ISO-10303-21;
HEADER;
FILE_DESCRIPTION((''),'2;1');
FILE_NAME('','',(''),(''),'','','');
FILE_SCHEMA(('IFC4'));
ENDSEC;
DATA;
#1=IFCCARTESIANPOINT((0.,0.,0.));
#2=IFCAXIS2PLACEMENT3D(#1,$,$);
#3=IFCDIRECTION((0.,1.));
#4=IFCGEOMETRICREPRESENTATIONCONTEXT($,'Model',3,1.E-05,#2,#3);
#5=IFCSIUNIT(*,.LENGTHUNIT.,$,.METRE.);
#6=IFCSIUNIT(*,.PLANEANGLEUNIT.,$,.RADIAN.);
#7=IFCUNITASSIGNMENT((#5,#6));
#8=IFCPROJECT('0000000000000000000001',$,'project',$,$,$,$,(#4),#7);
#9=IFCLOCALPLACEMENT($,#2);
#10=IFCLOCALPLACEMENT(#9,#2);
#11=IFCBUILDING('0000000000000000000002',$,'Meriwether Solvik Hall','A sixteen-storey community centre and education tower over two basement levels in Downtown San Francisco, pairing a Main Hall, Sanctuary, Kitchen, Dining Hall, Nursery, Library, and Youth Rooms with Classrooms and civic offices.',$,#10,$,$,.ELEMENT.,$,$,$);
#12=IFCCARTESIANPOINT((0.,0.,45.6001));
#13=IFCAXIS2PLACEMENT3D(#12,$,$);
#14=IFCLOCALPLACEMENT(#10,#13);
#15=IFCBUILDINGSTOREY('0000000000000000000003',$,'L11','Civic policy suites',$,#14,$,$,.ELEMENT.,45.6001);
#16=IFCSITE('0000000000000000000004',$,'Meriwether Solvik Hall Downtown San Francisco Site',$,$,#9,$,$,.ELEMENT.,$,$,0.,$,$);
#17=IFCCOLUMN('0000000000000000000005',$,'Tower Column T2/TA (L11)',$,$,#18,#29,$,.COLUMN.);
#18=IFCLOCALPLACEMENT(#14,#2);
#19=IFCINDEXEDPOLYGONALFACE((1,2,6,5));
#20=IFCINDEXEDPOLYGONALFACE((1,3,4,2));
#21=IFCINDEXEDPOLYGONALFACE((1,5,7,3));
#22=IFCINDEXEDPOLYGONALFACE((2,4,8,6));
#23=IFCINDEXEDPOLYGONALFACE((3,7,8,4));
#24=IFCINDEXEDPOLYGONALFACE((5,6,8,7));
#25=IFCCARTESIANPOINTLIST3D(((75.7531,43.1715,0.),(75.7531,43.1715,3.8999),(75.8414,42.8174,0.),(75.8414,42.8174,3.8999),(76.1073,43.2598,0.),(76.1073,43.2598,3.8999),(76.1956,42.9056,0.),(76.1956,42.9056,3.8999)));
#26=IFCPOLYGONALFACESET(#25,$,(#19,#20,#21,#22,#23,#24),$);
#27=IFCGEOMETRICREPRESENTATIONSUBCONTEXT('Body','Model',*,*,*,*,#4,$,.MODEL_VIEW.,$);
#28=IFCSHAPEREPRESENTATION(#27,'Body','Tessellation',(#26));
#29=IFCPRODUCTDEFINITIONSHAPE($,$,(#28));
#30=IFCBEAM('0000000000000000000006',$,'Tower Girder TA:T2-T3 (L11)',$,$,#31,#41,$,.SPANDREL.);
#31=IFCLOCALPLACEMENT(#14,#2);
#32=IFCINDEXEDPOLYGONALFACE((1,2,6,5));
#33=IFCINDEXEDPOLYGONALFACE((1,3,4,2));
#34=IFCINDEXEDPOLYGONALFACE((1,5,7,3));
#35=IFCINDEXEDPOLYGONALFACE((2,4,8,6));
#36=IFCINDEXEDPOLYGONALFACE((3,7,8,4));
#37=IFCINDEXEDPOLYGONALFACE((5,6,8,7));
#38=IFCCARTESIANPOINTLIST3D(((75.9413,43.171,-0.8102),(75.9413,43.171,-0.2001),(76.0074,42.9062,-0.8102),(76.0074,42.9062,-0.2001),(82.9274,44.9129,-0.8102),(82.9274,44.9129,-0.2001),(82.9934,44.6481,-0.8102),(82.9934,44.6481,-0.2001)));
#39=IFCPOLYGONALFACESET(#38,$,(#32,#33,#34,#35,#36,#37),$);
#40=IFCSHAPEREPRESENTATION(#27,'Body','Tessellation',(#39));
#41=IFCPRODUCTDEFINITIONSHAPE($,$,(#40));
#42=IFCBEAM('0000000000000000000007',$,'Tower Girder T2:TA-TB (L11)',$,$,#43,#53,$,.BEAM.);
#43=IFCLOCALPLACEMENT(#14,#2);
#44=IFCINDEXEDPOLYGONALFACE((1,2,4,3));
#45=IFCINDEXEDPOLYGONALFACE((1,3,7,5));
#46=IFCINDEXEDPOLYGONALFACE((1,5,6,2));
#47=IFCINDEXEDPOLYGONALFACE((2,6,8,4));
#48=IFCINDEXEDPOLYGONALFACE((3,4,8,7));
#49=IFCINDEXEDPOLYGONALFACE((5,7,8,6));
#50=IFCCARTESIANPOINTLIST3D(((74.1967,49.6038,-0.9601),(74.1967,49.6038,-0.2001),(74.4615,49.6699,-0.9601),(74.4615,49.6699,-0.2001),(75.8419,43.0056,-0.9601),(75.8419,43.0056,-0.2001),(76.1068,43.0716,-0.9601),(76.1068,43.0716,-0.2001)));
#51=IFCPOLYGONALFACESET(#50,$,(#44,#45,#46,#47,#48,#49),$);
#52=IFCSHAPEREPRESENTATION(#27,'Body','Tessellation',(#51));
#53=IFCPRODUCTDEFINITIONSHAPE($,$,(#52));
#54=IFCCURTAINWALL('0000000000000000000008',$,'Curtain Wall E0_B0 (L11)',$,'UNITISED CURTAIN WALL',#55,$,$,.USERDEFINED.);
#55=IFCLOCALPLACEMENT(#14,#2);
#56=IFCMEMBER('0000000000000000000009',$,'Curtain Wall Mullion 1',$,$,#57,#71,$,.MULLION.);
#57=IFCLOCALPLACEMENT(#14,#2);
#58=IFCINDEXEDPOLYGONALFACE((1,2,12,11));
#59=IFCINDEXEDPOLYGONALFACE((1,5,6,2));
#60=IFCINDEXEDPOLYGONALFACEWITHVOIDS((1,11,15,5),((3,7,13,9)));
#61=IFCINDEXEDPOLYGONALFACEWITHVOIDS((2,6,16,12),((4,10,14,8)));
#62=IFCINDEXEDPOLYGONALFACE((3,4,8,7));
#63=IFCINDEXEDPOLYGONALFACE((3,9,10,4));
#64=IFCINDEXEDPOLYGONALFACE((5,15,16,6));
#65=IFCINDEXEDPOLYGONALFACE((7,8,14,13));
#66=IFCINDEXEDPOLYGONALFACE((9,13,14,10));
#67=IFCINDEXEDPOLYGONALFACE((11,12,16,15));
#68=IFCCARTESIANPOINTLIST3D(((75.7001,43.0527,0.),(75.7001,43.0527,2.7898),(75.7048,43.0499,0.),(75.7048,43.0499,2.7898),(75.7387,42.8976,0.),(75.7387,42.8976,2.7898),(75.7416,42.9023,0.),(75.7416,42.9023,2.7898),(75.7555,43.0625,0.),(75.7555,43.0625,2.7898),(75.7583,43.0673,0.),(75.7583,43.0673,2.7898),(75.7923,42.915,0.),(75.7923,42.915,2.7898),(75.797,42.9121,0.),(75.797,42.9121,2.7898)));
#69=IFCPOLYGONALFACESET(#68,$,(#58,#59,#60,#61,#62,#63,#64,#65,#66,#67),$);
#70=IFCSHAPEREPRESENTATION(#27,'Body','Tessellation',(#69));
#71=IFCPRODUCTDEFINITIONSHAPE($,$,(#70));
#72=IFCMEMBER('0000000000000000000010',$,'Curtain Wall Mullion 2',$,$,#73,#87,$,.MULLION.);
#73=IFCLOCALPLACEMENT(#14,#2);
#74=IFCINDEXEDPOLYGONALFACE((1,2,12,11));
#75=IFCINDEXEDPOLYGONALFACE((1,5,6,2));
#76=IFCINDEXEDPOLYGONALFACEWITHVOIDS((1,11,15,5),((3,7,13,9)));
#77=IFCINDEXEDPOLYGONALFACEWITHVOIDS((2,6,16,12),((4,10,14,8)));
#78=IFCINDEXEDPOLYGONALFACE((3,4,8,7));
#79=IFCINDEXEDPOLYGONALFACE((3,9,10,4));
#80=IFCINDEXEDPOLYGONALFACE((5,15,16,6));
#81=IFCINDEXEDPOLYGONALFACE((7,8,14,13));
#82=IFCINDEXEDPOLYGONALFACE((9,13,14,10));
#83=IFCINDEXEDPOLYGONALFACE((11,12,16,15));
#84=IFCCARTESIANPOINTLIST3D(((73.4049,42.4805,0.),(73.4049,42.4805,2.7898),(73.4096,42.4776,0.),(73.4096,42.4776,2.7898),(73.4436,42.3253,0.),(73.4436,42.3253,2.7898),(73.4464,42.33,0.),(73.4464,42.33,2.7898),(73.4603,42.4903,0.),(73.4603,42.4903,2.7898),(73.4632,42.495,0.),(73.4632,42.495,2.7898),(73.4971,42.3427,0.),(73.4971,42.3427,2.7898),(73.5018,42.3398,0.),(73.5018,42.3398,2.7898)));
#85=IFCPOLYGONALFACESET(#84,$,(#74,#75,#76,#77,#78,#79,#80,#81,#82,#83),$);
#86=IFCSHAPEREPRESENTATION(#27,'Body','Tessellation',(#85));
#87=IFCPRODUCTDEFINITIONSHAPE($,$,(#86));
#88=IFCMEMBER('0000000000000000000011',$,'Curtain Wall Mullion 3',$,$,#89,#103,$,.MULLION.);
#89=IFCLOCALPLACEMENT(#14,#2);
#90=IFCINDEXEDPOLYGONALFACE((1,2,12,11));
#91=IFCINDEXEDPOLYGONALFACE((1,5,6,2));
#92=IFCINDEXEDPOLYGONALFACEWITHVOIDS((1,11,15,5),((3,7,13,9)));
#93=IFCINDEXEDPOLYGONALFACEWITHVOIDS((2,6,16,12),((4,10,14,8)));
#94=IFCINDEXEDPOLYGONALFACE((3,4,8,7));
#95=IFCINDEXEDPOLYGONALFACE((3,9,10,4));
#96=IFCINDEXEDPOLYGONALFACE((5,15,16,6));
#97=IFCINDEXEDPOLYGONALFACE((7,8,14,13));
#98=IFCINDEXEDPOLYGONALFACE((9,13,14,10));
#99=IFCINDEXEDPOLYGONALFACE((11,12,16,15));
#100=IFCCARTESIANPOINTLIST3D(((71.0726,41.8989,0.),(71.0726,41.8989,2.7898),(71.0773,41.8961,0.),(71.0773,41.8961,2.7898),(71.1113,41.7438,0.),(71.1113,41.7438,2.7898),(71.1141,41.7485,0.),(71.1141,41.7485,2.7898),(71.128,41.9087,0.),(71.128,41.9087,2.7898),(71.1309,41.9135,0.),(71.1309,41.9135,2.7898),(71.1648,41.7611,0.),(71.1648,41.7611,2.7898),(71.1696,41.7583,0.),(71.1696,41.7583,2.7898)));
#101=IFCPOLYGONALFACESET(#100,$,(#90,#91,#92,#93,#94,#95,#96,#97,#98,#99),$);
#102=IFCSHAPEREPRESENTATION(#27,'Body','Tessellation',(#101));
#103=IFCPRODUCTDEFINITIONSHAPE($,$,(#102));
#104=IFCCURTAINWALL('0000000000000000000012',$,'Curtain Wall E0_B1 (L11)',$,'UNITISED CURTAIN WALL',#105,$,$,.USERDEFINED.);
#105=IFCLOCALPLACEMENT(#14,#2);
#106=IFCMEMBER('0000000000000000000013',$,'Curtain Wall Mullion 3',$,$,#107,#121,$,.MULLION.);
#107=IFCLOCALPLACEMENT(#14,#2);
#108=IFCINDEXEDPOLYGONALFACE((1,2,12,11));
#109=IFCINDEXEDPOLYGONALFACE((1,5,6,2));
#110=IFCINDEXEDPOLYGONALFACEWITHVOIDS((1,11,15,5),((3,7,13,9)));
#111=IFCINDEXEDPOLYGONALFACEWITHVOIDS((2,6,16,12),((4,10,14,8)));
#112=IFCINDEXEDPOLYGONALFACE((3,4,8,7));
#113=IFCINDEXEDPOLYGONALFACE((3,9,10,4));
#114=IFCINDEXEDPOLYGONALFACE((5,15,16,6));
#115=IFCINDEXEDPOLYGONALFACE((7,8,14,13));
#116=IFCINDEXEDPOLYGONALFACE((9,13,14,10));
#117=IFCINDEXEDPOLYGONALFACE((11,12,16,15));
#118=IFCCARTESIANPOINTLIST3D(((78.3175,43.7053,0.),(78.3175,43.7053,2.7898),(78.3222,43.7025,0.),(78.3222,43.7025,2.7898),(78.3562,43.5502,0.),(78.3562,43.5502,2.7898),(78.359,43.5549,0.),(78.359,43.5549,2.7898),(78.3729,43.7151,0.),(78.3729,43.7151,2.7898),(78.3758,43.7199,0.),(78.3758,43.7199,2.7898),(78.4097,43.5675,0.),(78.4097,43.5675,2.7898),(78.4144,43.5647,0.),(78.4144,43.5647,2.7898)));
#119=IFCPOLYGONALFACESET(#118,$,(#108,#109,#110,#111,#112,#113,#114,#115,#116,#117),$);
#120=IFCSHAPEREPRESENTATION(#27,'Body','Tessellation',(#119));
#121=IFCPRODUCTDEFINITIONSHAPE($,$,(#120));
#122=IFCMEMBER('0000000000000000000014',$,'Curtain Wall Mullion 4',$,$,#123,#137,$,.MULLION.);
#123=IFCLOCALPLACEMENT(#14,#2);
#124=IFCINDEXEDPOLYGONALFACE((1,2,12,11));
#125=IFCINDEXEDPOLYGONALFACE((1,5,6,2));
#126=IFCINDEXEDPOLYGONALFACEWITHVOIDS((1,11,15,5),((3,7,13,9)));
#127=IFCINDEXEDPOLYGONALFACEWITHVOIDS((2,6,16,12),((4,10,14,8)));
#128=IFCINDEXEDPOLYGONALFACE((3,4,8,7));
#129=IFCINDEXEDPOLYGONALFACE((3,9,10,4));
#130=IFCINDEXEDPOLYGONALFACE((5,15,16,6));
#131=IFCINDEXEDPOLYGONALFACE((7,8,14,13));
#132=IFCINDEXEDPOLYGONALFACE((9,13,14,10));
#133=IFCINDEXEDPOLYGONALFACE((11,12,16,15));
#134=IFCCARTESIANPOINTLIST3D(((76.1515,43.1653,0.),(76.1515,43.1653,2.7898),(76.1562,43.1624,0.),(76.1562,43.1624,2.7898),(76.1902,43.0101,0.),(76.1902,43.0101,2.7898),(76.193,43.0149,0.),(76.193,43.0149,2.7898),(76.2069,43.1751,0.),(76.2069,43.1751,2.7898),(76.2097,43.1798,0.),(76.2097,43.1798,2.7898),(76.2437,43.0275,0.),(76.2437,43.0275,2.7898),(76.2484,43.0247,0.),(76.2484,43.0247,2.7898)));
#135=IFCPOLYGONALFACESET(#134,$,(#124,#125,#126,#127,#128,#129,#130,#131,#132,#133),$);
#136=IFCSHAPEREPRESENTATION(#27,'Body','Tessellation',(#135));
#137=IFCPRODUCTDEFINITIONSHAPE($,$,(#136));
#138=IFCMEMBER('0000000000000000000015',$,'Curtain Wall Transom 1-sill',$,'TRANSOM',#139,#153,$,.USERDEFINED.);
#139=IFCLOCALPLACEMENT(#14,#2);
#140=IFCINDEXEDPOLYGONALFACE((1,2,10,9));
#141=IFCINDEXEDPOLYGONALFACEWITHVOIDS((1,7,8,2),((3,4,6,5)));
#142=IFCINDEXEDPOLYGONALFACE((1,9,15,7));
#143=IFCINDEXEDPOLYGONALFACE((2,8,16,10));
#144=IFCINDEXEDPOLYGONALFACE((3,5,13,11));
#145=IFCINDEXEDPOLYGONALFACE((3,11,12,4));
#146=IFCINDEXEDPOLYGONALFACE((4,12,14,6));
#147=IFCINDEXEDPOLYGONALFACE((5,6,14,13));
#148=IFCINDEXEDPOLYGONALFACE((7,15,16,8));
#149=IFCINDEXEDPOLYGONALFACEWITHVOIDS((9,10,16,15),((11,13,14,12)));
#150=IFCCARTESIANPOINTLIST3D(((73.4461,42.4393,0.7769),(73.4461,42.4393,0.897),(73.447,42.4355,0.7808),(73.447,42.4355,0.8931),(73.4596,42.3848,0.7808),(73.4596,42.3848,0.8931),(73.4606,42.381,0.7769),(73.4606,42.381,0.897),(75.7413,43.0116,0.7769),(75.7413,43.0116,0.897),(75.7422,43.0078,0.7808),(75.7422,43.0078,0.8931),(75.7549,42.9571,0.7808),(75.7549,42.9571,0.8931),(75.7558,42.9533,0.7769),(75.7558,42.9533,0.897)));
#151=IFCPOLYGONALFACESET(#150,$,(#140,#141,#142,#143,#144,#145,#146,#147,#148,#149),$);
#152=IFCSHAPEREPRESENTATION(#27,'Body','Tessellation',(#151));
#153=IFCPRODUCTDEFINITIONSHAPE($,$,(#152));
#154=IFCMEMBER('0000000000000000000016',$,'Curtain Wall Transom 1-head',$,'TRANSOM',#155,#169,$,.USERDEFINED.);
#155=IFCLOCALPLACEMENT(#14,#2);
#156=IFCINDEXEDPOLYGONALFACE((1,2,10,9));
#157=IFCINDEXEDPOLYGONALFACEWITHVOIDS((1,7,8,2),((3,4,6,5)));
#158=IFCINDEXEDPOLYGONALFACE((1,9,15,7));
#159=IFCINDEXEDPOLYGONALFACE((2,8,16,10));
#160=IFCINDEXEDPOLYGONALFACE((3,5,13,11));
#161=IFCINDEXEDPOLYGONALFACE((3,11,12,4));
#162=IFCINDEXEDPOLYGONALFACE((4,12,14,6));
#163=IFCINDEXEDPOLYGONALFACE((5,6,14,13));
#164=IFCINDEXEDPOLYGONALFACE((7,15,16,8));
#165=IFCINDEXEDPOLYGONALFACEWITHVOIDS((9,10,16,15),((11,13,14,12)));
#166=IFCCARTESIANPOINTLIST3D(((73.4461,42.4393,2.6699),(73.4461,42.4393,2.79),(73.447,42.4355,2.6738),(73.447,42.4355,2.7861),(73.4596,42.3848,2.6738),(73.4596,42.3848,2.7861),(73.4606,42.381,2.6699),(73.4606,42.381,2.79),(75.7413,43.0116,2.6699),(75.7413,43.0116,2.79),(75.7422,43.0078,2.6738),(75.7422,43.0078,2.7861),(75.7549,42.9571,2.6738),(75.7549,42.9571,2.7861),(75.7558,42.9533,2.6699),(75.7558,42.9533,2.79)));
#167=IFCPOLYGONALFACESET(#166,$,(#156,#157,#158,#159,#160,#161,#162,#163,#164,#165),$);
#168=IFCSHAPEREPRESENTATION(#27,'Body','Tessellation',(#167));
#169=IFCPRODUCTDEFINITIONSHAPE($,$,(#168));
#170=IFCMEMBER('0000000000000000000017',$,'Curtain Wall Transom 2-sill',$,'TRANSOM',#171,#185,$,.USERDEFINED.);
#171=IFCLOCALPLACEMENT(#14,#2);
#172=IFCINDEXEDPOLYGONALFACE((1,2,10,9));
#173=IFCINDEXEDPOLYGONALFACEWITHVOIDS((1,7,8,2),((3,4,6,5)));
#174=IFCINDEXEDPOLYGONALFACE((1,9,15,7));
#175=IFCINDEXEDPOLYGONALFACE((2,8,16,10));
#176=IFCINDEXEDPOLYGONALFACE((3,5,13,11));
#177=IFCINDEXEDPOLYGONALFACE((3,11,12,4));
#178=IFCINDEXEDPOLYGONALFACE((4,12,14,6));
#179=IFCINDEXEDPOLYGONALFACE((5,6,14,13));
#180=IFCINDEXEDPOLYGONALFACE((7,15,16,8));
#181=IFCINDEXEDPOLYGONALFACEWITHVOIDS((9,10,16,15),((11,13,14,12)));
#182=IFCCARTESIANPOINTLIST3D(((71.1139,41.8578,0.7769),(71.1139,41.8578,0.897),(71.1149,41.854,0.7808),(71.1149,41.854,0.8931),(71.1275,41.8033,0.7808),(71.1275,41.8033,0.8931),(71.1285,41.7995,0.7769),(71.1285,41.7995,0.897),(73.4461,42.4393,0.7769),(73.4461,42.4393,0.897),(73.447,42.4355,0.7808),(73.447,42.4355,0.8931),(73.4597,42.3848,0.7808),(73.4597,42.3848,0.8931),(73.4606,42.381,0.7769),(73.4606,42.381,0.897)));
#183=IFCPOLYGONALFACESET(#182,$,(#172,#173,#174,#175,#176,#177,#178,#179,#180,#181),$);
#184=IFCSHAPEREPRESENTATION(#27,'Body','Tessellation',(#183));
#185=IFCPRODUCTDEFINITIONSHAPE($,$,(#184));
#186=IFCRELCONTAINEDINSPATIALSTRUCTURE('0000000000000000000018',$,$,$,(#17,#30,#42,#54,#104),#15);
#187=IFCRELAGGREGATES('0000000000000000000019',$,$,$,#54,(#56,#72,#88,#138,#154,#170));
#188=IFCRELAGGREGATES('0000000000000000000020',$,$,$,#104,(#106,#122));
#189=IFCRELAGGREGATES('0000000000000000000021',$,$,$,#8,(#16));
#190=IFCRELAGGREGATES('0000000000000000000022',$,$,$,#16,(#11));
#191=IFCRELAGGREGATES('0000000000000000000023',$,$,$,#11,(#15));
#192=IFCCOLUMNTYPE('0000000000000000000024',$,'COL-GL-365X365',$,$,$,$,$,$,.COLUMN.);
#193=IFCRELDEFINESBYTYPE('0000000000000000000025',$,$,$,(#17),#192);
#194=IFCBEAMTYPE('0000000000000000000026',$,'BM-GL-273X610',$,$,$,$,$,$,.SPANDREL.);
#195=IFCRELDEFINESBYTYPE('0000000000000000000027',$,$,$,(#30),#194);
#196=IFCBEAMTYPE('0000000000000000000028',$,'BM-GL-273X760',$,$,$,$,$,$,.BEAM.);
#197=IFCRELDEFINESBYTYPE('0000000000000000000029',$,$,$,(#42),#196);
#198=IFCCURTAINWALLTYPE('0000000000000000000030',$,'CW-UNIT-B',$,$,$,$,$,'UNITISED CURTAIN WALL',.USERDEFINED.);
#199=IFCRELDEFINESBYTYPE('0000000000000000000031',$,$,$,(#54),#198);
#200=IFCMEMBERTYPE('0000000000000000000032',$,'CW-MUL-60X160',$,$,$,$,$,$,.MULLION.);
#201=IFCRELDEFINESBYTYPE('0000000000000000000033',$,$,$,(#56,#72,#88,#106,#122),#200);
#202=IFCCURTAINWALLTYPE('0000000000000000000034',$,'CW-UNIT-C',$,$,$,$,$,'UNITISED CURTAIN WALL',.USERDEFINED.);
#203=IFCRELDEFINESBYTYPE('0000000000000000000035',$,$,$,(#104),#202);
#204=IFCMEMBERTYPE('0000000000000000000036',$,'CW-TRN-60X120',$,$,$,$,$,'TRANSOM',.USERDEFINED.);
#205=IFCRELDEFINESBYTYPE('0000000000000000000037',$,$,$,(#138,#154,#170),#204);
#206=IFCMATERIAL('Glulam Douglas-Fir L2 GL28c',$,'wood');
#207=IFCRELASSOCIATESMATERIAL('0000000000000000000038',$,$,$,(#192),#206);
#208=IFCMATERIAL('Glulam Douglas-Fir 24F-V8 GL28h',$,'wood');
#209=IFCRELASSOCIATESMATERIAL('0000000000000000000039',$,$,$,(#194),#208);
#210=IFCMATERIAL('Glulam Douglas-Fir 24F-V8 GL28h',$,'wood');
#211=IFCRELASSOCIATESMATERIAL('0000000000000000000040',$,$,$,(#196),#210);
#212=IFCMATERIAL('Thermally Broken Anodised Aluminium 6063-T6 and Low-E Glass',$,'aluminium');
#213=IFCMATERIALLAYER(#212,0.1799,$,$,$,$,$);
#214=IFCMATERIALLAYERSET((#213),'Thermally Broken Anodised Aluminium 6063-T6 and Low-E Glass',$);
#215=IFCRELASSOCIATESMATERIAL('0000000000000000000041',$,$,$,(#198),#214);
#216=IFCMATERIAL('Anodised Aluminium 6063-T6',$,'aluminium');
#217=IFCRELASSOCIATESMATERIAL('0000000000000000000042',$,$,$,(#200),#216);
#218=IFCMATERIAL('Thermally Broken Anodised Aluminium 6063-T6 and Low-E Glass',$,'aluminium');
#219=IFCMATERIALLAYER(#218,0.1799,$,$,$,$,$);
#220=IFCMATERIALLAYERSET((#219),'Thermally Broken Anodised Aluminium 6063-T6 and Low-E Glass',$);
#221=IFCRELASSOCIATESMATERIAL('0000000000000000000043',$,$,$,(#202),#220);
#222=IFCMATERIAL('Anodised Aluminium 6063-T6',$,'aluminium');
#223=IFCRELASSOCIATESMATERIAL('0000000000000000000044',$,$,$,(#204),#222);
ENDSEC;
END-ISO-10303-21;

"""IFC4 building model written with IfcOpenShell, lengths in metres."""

from ifc_helpers import new_model, si_unit, direction, frame, origin, origin_2d, place, context, subcontext, project, spatial, rectangle, hollow_rectangle, extrude, material, layer, layer_set, material_profile, profile_set, type_object, element, aggregate, save


model = new_model("IFC4")

# Units and contexts
model_context = context("Model", 3, precision=1e-05, world=origin(), true_north=direction((0.0, 1.0)))
body_context = subcontext(model_context, "Body", "Model", "MODEL_VIEW")
ifc_project = project(units=[si_unit("LENGTHUNIT", "METRE"), si_unit("PLANEANGLEUNIT", "RADIAN")], contexts=[model_context])

# Site, building, storey
site_placement = place(None, origin())
site = spatial("IfcSite", under=ifc_project, at=site_placement, Name="Meriwether Solvik Hall Downtown San Francisco Site", CompositionType="ELEMENT", RefElevation=0.0)
building_placement = place(site_placement, origin())
building = spatial("IfcBuilding", under=site, at=building_placement, Name="Meriwether Solvik Hall", Description="A sixteen-storey community centre and education tower over two basement levels in Downtown San Francisco, pairing a Main Hall, Sanctuary, Kitchen, Dining Hall, Nursery, Library, and Youth Rooms with Classrooms and civic offices.", CompositionType="ELEMENT")
storey_placement = place(building_placement, frame((0.0, 0.0, 45.6001)))
storey = spatial("IfcBuildingStorey", under=building, at=storey_placement, Name="L11", Description="Civic policy suites", CompositionType="ELEMENT", Elevation=45.6001)

# Column
ifc_material_1 = material(Name="Glulam Douglas-Fir L2 GL28c", Category="wood")
ifc_material_profile_1 = material_profile(ifc_material_1, rectangle(XDim=0.365, YDim=0.365, at=origin_2d()), Name="GLC-365X365")
ifc_profile_set_1 = profile_set([ifc_material_profile_1], Name="Glulam Douglas-Fir L2 GL28c")
column_type = type_object("IfcColumnType", Name="COL-GL-365X365", PredefinedType="COLUMN", material=ifc_profile_set_1)
column_placement = place(storey_placement, frame((75.9744, 43.0386, 0.0), z_axis=(0.0, 0.0, 1.0), x_axis=(0.970296, 0.241922, 0.0)))
element("IfcColumn", 1, at=column_placement, inside=storey, type_object=column_type, Name="Tower Column T2/TA (L11)", PredefinedType="COLUMN", context=body_context, shape_type="SweptSolid", body=[
    extrude(rectangle(XDim=0.365, YDim=0.365, at=origin_2d()), origin(), (0.0, 0.0, 1.0), 3.8999),
])

# Beams
ifc_material_2 = material(Name="Glulam Douglas-Fir 24F-V8 GL28h", Category="wood")
ifc_material_profile_2 = material_profile(ifc_material_2, rectangle(XDim=0.2729, YDim=0.6101, at=origin_2d()), Name="GLB-273X610")
ifc_profile_set_2 = profile_set([ifc_material_profile_2], Name="Glulam Douglas-Fir 24F-V8 GL28h")
beam_type_1 = type_object("IfcBeamType", Name="BM-GL-273X610", PredefinedType="SPANDREL", material=ifc_profile_set_2)
beam_1_placement = place(storey_placement, frame((75.9744, 43.0386, -0.5051), z_axis=(0.970292, 0.241937, 0.0), x_axis=(-0.241937, 0.970292, 0.0)))
element("IfcBeam", 2, at=beam_1_placement, inside=storey, type_object=beam_type_1, Name="Tower Girder TA:T2-T3 (L11)", PredefinedType="SPANDREL", context=body_context, shape_type="SweptSolid", body=[
    extrude(rectangle(XDim=0.2729, YDim=0.6101, at=origin_2d()), origin(), (0.0, 0.0, 1.0), 7.2),
])
ifc_material_3 = material(Name="Glulam Douglas-Fir 24F-V8 GL28h", Category="wood")
ifc_material_profile_3 = material_profile(ifc_material_3, rectangle(XDim=0.2729, YDim=0.76, at=origin_2d()), Name="GLB-273X760")
ifc_profile_set_3 = profile_set([ifc_material_profile_3], Name="Glulam Douglas-Fir 24F-V8 GL28h")
beam_type_2 = type_object("IfcBeamType", Name="BM-GL-273X760", PredefinedType="BEAM", material=ifc_profile_set_3)
beam_2_placement = place(storey_placement, frame((75.9744, 43.0386, -0.5801), z_axis=(-0.241944, 0.97029, 0.0), x_axis=(-0.97029, -0.241944, 0.0)))
element("IfcBeam", 3, at=beam_2_placement, inside=storey, type_object=beam_type_2, Name="Tower Girder T2:TA-TB (L11)", PredefinedType="BEAM", context=body_context, shape_type="SweptSolid", body=[
    extrude(rectangle(XDim=0.2729, YDim=0.76, at=origin_2d()), origin(), (0.0, 0.0, 1.0), 6.8003),
])

# Curtain walls, members
ifc_material_4 = material(Name="Thermally Broken Anodised Aluminium 6063-T6 and Low-E Glass", Category="aluminium")
ifc_layer_1 = layer(ifc_material_4, 0.1799)
ifc_layer_set_1 = layer_set([ifc_layer_1], Name="Thermally Broken Anodised Aluminium 6063-T6 and Low-E Glass")
curtain_wall_type_1 = type_object("IfcCurtainWallType", Name="CW-UNIT-B", ElementType="UNITISED CURTAIN WALL", PredefinedType="USERDEFINED", material=ifc_layer_set_1)
curtain_wall_1_placement = place(storey_placement, origin())
curtain_wall_1 = element("IfcCurtainWall", 4, at=curtain_wall_1_placement, inside=storey, type_object=curtain_wall_type_1, Name="Curtain Wall E0_B0 (L11)", ObjectType="UNITISED CURTAIN WALL", PredefinedType="USERDEFINED")
ifc_material_5 = material(Name="Anodised Aluminium 6063-T6", Category="aluminium")
ifc_material_profile_4 = material_profile(ifc_material_5, hollow_rectangle(XDim=0.0601, YDim=0.1599, WallThickness=0.0039, at=origin_2d()), Name="CWM-60X160")
ifc_profile_set_4 = profile_set([ifc_material_profile_4], Name="Anodised Aluminium 6063-T6")
member_type_1 = type_object("IfcMemberType", Name="CW-MUL-60X160", PredefinedType="MULLION", material=ifc_profile_set_4)
member_1_placement = place(storey_placement, frame((75.7485, 42.9824, 0.0), z_axis=(0.0, 0.0, 1.0), x_axis=(-0.970296, -0.241922, 0.0)))
member_1 = element("IfcMember", 5, at=member_1_placement, type_object=member_type_1, Name="Curtain Wall Mullion 1", PredefinedType="MULLION", context=body_context, shape_type="SweptSolid", body=[
    extrude(hollow_rectangle(XDim=0.0601, YDim=0.1599, WallThickness=0.0039, at=origin_2d()), origin(), (0.0, 0.0, 1.0), 2.7898),
])
member_2_placement = place(storey_placement, frame((73.4534, 42.4102, 0.0), z_axis=(0.0, 0.0, 1.0), x_axis=(-0.970296, -0.241922, 0.0)))
member_2 = element("IfcMember", 6, at=member_2_placement, type_object=member_type_1, Name="Curtain Wall Mullion 2", PredefinedType="MULLION", context=body_context, shape_type="SweptSolid", body=[
    extrude(hollow_rectangle(XDim=0.0601, YDim=0.1599, WallThickness=0.0039, at=origin_2d()), origin(), (0.0, 0.0, 1.0), 2.7898),
])
member_3_placement = place(storey_placement, frame((71.1211, 41.8286, 0.0), z_axis=(0.0, 0.0, 1.0), x_axis=(-0.970296, -0.241922, 0.0)))
member_3 = element("IfcMember", 7, at=member_3_placement, type_object=member_type_1, Name="Curtain Wall Mullion 3", PredefinedType="MULLION", context=body_context, shape_type="SweptSolid", body=[
    extrude(hollow_rectangle(XDim=0.0601, YDim=0.1599, WallThickness=0.0039, at=origin_2d()), origin(), (0.0, 0.0, 1.0), 2.7898),
])
ifc_material_6 = material(Name="Thermally Broken Anodised Aluminium 6063-T6 and Low-E Glass", Category="aluminium")
ifc_layer_2 = layer(ifc_material_6, 0.1799)
ifc_layer_set_2 = layer_set([ifc_layer_2], Name="Thermally Broken Anodised Aluminium 6063-T6 and Low-E Glass")
curtain_wall_type_2 = type_object("IfcCurtainWallType", Name="CW-UNIT-C", ElementType="UNITISED CURTAIN WALL", PredefinedType="USERDEFINED", material=ifc_layer_set_2)
curtain_wall_2_placement = place(storey_placement, origin())
curtain_wall_2 = element("IfcCurtainWall", 8, at=curtain_wall_2_placement, inside=storey, type_object=curtain_wall_type_2, Name="Curtain Wall E0_B1 (L11)", ObjectType="UNITISED CURTAIN WALL", PredefinedType="USERDEFINED")
member_4_placement = place(storey_placement, frame((78.366, 43.635, 0.0), z_axis=(0.0, 0.0, 1.0), x_axis=(-0.970296, -0.241922, 0.0)))
member_4 = element("IfcMember", 9, at=member_4_placement, type_object=member_type_1, Name="Curtain Wall Mullion 3", PredefinedType="MULLION", context=body_context, shape_type="SweptSolid", body=[
    extrude(hollow_rectangle(XDim=0.0601, YDim=0.1599, WallThickness=0.0039, at=origin_2d()), origin(), (0.0, 0.0, 1.0), 2.7898),
])
member_5_placement = place(storey_placement, frame((76.2, 43.095, 0.0), z_axis=(0.0, 0.0, 1.0), x_axis=(-0.970296, -0.241922, 0.0)))
member_5 = element("IfcMember", 10, at=member_5_placement, type_object=member_type_1, Name="Curtain Wall Mullion 4", PredefinedType="MULLION", context=body_context, shape_type="SweptSolid", body=[
    extrude(hollow_rectangle(XDim=0.0601, YDim=0.1599, WallThickness=0.0039, at=origin_2d()), origin(), (0.0, 0.0, 1.0), 2.7898),
])

# Members
ifc_material_7 = material(Name="Anodised Aluminium 6063-T6", Category="aluminium")
ifc_material_profile_5 = material_profile(ifc_material_7, hollow_rectangle(XDim=0.0601, YDim=0.1201, WallThickness=0.0039, at=origin_2d()), Name="CWT-60X120")
ifc_profile_set_5 = profile_set([ifc_material_profile_5], Name="Anodised Aluminium 6063-T6")
member_type_2 = type_object("IfcMemberType", Name="CW-TRN-60X120", ElementType="TRANSOM", PredefinedType="USERDEFINED", material=ifc_profile_set_5)
member_6_placement = place(storey_placement, frame((75.7485, 42.9824, 0.8369), z_axis=(-0.970294, -0.241928, 0.0), x_axis=(0.241928, -0.970294, 0.0)))
member_6 = element("IfcMember", 11, at=member_6_placement, type_object=member_type_2, Name="Curtain Wall Transom 1-sill", ObjectType="TRANSOM", PredefinedType="USERDEFINED", context=body_context, shape_type="SweptSolid", body=[
    extrude(hollow_rectangle(XDim=0.0601, YDim=0.1201, WallThickness=0.0039, at=origin_2d()), origin(), (0.0, 0.0, 1.0), 2.3655),
])
member_7_placement = place(storey_placement, frame((75.7485, 42.9824, 2.73), z_axis=(-0.970294, -0.241928, 0.0), x_axis=(0.241928, -0.970294, 0.0)))
member_7 = element("IfcMember", 12, at=member_7_placement, type_object=member_type_2, Name="Curtain Wall Transom 1-head", ObjectType="TRANSOM", PredefinedType="USERDEFINED", context=body_context, shape_type="SweptSolid", body=[
    extrude(hollow_rectangle(XDim=0.0601, YDim=0.1201, WallThickness=0.0039, at=origin_2d()), origin(), (0.0, 0.0, 1.0), 2.3655),
])
member_8_placement = place(storey_placement, frame((73.4534, 42.4102, 0.8369), z_axis=(-0.970292, -0.241938, 0.0), x_axis=(0.241938, -0.970292, 0.0)))
member_8 = element("IfcMember", 13, at=member_8_placement, type_object=member_type_2, Name="Curtain Wall Transom 2-sill", ObjectType="TRANSOM", PredefinedType="USERDEFINED", context=body_context, shape_type="SweptSolid", body=[
    extrude(hollow_rectangle(XDim=0.0601, YDim=0.1201, WallThickness=0.0039, at=origin_2d()), origin(), (0.0, 0.0, 1.0), 2.4036),
])

aggregate(curtain_wall_1, [member_1, member_2, member_3, member_6, member_7, member_8])
aggregate(curtain_wall_2, [member_4, member_5])

save(model, "model.ifc")
